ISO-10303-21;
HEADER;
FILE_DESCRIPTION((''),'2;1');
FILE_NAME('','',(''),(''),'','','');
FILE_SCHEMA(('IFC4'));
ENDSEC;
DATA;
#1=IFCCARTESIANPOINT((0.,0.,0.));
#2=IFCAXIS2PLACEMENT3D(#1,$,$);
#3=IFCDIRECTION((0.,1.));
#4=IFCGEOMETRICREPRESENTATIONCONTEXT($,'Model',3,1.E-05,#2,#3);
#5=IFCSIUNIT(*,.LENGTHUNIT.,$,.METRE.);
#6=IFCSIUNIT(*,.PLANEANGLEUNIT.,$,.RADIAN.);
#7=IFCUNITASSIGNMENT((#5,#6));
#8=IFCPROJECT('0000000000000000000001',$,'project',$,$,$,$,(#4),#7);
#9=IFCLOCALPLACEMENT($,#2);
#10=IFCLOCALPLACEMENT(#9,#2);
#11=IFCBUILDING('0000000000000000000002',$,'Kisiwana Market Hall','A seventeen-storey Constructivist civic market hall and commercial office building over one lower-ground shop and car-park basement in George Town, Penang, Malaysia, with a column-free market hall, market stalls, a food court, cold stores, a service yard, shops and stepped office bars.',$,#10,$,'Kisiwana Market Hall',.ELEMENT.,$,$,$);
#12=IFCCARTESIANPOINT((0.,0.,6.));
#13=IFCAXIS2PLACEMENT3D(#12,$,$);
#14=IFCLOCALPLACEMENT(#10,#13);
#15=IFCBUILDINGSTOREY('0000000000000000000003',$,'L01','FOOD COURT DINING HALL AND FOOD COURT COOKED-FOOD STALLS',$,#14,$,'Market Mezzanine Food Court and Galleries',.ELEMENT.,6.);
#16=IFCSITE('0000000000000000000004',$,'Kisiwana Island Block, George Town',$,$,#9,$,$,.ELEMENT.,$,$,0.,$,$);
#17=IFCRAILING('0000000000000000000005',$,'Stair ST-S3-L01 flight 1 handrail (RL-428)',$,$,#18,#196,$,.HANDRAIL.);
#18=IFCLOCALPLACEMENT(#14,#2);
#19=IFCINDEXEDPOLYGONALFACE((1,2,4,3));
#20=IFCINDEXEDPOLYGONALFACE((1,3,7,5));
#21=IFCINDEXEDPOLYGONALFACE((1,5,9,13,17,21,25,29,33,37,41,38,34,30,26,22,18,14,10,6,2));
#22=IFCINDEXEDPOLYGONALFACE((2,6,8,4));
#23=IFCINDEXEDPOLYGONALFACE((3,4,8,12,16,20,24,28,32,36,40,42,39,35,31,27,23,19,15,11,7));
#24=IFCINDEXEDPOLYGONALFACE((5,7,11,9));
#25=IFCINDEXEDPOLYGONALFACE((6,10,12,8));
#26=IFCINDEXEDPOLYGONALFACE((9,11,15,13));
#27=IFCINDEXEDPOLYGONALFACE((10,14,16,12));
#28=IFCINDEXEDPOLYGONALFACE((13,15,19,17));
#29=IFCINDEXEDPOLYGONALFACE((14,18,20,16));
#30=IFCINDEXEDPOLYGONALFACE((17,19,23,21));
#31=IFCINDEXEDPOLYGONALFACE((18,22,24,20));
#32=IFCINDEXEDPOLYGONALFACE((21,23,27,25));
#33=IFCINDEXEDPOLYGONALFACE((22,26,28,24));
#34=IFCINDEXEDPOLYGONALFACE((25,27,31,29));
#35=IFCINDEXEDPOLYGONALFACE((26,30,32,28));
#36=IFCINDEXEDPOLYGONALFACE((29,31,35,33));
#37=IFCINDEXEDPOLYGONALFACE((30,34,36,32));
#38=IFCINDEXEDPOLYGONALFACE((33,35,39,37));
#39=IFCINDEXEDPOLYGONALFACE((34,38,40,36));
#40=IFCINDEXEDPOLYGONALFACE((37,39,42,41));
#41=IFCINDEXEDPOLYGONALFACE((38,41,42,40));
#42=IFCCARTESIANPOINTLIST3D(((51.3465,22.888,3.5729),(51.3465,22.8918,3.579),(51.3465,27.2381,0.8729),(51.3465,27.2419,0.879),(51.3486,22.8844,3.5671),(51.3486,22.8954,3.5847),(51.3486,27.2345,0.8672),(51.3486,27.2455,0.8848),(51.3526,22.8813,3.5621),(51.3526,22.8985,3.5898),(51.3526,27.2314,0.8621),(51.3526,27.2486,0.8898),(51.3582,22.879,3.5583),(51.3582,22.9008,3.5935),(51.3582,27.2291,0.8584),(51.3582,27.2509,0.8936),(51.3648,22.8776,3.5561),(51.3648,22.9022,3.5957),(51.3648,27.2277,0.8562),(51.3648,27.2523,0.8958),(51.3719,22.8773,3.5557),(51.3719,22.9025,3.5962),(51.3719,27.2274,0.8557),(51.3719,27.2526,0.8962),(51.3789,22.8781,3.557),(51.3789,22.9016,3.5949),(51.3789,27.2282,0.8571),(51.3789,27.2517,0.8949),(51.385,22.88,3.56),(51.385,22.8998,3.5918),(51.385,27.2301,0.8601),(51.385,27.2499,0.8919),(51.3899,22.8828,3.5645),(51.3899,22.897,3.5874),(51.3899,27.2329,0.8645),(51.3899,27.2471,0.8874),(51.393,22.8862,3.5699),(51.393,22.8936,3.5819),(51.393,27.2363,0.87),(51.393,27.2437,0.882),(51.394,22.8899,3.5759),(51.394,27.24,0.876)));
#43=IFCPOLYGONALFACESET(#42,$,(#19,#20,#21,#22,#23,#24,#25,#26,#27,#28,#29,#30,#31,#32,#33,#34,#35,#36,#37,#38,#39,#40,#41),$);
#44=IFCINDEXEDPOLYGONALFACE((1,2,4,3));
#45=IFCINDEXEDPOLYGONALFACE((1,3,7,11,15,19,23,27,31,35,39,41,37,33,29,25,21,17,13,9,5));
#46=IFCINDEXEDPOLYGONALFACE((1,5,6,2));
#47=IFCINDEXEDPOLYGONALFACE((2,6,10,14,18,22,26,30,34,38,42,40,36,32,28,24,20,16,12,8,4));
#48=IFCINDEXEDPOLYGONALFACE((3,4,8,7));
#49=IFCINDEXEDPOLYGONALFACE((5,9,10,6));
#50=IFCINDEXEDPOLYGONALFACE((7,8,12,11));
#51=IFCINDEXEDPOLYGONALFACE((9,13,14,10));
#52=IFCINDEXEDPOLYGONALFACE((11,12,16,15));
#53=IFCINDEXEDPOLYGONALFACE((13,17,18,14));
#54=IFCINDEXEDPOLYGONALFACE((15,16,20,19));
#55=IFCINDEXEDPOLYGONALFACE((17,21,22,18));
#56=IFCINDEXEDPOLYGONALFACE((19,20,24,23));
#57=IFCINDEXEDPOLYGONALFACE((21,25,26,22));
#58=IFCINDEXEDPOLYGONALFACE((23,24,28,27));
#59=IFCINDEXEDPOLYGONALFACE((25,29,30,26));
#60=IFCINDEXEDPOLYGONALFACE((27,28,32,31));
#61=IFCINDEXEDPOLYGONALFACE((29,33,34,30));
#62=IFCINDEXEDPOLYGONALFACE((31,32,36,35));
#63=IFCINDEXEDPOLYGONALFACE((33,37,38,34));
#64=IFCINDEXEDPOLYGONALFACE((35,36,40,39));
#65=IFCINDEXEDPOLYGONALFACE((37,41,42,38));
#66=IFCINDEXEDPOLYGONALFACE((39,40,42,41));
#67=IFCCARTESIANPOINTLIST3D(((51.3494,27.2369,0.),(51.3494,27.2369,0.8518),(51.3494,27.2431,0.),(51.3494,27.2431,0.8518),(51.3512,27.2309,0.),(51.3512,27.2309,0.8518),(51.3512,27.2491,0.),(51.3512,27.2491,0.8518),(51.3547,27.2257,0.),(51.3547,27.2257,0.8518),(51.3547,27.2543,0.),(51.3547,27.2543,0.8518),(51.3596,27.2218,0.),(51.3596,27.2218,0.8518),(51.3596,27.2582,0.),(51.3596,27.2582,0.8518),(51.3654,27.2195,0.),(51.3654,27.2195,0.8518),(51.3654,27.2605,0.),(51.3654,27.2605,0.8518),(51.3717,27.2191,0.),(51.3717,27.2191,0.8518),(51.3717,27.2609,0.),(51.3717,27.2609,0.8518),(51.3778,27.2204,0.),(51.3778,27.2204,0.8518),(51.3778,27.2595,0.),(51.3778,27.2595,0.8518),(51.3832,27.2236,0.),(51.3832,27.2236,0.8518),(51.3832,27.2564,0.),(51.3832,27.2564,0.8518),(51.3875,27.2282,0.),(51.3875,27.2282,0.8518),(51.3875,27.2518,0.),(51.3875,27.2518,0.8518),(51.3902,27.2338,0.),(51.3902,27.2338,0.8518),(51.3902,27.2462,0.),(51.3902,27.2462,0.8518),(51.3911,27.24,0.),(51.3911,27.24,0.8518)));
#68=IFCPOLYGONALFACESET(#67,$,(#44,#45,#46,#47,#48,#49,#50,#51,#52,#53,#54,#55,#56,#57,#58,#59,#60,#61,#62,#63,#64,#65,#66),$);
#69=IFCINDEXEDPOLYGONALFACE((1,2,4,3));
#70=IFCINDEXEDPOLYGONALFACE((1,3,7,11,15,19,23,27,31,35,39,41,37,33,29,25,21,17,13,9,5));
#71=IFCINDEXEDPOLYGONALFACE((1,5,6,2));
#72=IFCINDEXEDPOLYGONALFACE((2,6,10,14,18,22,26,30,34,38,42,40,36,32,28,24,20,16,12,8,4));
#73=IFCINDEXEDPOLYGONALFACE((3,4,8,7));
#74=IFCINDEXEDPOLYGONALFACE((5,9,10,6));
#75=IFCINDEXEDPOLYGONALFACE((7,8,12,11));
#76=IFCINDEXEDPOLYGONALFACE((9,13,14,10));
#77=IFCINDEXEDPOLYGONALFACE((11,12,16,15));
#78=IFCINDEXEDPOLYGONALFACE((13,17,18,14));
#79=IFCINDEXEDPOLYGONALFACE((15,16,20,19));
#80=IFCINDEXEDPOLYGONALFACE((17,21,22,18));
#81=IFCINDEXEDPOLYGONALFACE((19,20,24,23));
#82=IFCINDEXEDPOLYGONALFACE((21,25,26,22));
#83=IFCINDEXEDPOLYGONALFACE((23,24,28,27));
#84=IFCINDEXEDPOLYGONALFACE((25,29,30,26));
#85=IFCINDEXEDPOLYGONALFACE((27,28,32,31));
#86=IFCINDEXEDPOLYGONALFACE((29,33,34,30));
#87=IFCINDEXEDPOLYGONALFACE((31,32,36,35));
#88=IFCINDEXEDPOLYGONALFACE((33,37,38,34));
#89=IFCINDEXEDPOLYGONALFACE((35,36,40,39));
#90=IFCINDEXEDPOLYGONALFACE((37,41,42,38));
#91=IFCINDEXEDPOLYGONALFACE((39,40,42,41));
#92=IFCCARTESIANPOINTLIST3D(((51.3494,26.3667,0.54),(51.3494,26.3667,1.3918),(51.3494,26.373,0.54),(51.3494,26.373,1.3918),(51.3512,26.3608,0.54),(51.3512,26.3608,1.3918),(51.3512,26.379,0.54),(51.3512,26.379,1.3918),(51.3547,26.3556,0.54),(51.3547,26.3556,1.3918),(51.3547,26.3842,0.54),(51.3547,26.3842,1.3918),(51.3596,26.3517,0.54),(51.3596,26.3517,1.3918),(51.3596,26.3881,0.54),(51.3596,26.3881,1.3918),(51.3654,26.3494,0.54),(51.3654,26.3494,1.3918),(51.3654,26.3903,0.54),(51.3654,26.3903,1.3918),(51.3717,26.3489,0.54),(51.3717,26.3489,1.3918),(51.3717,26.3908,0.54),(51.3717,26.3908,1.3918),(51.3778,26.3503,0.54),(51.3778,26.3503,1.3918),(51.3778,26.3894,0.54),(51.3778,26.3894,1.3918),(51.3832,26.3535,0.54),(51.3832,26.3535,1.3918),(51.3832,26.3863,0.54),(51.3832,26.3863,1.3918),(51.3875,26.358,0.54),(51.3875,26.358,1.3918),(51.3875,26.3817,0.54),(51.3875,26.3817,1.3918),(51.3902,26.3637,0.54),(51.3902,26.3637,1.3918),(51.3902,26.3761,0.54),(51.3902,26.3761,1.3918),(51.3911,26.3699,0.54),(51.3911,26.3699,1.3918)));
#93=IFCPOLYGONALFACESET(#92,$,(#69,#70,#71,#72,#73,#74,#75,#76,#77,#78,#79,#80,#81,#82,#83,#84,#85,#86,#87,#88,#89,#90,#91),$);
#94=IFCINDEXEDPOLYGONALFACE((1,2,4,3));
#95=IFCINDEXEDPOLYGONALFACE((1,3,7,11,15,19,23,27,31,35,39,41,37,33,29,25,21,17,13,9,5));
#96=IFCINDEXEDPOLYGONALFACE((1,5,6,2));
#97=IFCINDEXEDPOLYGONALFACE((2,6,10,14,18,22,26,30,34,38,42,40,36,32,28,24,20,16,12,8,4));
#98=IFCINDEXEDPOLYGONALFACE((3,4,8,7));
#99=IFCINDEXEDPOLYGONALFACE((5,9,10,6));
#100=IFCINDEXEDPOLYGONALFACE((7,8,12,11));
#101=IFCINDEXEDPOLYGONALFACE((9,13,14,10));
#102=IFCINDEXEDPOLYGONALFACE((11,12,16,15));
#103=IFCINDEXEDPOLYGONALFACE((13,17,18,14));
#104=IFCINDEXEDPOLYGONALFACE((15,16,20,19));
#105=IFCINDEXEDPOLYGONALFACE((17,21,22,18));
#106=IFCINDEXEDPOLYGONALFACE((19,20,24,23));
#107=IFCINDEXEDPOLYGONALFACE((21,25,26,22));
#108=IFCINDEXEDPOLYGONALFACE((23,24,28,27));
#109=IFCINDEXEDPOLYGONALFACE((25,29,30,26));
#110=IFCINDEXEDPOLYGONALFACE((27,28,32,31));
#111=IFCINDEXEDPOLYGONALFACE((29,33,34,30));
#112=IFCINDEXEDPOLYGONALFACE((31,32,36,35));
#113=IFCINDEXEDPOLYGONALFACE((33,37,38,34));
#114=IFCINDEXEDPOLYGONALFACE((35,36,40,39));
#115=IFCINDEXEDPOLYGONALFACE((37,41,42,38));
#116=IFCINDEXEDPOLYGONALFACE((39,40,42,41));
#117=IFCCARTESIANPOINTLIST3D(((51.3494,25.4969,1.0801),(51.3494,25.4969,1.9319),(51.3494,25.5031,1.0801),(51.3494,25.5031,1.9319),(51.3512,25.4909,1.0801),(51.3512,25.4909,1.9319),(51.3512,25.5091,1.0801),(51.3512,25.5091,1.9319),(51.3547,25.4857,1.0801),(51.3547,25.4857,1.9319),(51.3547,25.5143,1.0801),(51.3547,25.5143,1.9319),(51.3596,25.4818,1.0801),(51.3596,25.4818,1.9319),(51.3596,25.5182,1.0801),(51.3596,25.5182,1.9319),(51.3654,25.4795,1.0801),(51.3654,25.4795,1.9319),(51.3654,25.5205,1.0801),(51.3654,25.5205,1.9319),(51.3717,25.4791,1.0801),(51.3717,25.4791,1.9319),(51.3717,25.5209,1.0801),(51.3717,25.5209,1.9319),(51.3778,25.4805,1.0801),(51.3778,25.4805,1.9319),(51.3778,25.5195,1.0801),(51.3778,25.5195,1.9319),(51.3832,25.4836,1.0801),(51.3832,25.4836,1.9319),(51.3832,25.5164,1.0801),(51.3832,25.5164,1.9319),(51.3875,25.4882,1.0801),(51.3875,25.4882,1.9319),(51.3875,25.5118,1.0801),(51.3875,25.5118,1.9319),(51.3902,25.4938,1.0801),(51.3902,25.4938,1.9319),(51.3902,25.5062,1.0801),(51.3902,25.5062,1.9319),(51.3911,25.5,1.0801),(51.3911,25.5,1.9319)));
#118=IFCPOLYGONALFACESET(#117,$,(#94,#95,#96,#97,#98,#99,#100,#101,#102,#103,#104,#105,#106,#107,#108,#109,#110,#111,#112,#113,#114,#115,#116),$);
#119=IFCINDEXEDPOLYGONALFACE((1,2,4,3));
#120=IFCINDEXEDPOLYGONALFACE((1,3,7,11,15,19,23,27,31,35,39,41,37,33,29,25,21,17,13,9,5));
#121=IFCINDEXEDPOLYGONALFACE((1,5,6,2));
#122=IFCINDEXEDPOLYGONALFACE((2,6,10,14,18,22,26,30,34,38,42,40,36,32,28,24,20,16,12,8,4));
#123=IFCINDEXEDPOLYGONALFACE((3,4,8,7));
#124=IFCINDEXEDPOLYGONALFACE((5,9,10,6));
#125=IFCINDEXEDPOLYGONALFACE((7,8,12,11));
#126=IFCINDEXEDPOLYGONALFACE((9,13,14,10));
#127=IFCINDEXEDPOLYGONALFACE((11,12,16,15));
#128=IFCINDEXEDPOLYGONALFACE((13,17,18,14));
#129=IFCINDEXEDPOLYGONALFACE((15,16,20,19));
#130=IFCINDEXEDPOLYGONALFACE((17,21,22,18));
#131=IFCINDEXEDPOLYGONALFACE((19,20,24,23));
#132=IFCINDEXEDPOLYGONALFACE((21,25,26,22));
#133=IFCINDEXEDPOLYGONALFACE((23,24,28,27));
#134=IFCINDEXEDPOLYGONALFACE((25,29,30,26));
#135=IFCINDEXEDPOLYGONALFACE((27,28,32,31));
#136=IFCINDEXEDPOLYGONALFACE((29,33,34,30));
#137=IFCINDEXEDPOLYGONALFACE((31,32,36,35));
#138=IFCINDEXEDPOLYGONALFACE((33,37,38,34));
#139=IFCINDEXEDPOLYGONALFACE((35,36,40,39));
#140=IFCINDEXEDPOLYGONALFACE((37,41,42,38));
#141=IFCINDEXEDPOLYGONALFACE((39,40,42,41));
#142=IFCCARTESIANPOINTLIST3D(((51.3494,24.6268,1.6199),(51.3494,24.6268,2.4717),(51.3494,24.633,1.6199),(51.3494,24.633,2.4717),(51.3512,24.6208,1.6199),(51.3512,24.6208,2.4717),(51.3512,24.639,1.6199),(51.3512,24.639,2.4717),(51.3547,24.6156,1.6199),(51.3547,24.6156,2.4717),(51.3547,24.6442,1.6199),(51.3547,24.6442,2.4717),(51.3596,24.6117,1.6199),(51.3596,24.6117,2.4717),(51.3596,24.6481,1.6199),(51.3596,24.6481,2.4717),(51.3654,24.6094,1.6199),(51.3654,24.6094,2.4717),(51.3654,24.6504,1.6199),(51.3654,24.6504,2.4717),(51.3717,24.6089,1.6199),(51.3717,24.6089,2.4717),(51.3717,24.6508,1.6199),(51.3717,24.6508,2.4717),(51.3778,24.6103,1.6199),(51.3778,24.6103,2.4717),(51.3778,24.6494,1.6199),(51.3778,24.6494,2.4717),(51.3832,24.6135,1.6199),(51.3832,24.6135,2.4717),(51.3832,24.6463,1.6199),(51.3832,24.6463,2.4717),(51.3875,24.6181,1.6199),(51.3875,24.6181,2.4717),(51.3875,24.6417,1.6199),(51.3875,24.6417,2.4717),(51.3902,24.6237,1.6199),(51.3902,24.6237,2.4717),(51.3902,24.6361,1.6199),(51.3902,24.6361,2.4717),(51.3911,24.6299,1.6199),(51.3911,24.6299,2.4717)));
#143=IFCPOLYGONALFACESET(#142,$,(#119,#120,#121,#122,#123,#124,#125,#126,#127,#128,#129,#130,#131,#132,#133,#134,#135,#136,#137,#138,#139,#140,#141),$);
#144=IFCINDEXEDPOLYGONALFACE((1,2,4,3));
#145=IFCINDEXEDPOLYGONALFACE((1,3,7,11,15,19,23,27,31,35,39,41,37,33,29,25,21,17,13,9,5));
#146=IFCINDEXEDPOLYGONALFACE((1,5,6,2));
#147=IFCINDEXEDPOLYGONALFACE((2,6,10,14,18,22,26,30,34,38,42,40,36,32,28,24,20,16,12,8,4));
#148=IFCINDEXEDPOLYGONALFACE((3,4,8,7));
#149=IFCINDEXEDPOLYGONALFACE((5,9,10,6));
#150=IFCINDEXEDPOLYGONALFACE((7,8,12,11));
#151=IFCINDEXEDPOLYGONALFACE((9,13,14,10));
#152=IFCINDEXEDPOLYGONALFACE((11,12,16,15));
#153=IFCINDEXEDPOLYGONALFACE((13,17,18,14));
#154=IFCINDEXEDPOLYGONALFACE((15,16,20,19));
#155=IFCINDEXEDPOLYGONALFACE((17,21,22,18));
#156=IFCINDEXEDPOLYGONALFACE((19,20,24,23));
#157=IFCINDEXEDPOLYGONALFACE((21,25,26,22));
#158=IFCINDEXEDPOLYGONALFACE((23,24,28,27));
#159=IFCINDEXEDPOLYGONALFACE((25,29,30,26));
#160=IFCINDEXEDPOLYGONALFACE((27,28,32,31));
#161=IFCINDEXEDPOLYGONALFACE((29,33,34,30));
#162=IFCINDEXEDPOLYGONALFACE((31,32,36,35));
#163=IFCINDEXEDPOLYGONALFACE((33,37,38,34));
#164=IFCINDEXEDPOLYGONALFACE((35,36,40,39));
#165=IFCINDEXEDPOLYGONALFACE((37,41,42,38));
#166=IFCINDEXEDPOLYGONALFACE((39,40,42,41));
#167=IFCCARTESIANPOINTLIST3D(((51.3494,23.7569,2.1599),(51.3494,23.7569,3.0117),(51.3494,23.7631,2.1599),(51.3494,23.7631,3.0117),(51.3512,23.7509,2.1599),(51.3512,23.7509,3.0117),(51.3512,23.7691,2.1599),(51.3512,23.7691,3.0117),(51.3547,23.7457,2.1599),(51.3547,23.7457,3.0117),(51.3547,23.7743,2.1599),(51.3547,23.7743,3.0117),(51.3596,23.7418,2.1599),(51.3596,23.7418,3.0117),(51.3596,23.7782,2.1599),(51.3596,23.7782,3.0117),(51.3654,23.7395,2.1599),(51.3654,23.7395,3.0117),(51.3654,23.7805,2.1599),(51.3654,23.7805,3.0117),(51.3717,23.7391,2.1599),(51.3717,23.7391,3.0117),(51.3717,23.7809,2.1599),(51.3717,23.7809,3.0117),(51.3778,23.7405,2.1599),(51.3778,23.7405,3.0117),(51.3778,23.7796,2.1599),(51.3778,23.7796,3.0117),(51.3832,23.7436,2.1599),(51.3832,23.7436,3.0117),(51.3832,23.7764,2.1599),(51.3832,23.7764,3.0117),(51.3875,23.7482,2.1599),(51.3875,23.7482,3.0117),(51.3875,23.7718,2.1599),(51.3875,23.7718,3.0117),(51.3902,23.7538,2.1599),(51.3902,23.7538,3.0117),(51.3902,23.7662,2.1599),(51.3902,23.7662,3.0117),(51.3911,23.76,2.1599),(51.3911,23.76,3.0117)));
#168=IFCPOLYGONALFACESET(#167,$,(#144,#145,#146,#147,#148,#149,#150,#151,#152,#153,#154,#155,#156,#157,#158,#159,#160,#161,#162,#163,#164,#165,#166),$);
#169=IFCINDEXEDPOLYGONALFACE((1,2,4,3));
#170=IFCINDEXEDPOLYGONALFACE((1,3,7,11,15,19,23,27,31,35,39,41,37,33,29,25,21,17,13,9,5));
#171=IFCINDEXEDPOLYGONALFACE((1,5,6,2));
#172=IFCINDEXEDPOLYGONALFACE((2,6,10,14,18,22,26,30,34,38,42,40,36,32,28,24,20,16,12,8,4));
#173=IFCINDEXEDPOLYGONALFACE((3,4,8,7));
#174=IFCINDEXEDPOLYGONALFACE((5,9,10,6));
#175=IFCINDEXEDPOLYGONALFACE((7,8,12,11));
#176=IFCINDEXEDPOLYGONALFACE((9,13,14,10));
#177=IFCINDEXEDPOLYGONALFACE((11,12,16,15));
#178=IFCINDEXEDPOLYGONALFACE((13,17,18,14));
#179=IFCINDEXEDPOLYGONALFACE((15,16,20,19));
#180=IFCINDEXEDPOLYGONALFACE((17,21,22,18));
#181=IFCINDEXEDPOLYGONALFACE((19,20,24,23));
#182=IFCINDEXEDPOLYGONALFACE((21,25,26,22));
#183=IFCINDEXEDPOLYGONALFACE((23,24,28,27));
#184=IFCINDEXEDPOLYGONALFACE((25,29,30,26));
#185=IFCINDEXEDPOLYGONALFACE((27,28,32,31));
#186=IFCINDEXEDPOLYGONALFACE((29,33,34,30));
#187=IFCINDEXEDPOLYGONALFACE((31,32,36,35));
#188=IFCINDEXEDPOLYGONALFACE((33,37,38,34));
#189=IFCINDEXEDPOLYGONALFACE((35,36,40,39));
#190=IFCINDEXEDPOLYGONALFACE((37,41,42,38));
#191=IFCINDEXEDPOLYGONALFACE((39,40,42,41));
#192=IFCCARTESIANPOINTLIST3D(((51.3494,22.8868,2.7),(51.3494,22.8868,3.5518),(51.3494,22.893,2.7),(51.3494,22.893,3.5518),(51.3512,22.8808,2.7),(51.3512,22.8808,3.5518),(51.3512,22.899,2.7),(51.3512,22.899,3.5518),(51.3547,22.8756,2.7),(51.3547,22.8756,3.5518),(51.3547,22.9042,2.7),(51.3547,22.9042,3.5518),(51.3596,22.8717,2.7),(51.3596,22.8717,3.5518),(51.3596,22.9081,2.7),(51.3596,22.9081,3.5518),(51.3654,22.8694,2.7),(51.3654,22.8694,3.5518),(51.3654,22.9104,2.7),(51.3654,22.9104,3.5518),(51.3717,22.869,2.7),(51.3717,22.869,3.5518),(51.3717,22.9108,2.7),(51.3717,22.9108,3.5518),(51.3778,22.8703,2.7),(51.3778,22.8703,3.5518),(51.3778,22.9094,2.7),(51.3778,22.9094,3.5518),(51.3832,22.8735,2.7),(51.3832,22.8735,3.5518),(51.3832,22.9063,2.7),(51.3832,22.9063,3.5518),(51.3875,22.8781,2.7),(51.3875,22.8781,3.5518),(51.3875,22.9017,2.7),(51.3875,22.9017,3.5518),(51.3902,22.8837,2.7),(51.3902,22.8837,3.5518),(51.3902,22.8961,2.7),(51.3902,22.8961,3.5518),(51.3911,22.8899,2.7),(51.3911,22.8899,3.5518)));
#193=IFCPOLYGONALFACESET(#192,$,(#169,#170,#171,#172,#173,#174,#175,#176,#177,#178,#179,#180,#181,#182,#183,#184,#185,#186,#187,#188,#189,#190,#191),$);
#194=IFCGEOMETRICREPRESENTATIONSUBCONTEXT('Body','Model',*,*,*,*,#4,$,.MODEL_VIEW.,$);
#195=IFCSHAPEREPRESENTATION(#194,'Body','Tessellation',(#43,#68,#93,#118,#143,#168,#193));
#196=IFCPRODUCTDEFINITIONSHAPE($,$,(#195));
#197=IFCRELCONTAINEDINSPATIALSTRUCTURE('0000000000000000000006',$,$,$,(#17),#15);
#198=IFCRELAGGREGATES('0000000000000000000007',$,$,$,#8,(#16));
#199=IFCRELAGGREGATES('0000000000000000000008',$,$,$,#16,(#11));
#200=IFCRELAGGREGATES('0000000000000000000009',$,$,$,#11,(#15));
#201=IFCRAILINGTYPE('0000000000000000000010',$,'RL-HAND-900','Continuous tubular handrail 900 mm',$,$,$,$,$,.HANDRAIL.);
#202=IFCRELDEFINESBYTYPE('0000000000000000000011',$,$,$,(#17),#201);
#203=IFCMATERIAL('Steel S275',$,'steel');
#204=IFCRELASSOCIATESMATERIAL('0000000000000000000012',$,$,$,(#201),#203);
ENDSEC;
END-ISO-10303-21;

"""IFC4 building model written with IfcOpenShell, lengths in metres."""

from ifc_helpers import new_model, si_unit, direction, frame, origin, origin_2d, place, context, subcontext, project, spatial, circle, extrude, material, type_object, element, save


model = new_model("IFC4")

# Units and contexts
model_context = context("Model", 3, precision=1e-05, world=origin(), true_north=direction((0.0, 1.0)))
body_context = subcontext(model_context, "Body", "Model", "MODEL_VIEW")
ifc_project = project(units=[si_unit("LENGTHUNIT", "METRE"), si_unit("PLANEANGLEUNIT", "RADIAN")], contexts=[model_context])

# Site, building, storey
site_placement = place(None, origin())
site = spatial("IfcSite", under=ifc_project, at=site_placement, Name="Kisiwana Island Block, George Town", CompositionType="ELEMENT", RefElevation=0.0)
building_placement = place(site_placement, origin())
building = spatial("IfcBuilding", under=site, at=building_placement, Name="Kisiwana Market Hall", Description="A seventeen-storey Constructivist civic market hall and commercial office building over one lower-ground shop and car-park basement in George Town, Penang, Malaysia, with a column-free market hall, market stalls, a food court, cold stores, a service yard, shops and stepped office bars.", LongName="Kisiwana Market Hall", CompositionType="ELEMENT")
storey_placement = place(building_placement, frame((0.0, 0.0, 6.0)))
storey = spatial("IfcBuildingStorey", under=building, at=storey_placement, Name="L01", Description="FOOD COURT DINING HALL AND FOOD COURT COOKED-FOOD STALLS", LongName="Market Mezzanine Food Court and Galleries", CompositionType="ELEMENT", Elevation=6.0)

# Railing
ifc_material_1 = material(Name="Steel S275", Category="steel")
railing_type_1 = type_object("IfcRailingType", Name="RL-HAND-900", Description="Continuous tubular handrail 900 mm", PredefinedType="HANDRAIL", material=ifc_material_1)
railing_1_placement = place(storey_placement, frame((51.3701, 27.24, 0.0)))
element("IfcRailing", 1, at=railing_1_placement, inside=storey, type_object=railing_type_1, Name="Stair ST-S3-L01 flight 1 handrail (RL-428)", PredefinedType="HANDRAIL", context=body_context, shape_type="SweptSolid", body=[
    extrude(circle(Radius=0.0239, at=origin_2d()), frame((0.0, 0.0, 0.876), z_axis=(0.0, -0.84965, 0.527347), x_axis=(1.0, 0.0, 0.0)), (0.0, 0.0, 1.0), 5.1199),
    extrude(circle(Radius=0.021, at=origin_2d()), origin(), (0.0, 0.0, 1.0), 0.8518),
    extrude(circle(Radius=0.021, at=origin_2d()), frame((0.0, -0.8701, 0.54)), (0.0, 0.0, 1.0), 0.8518),
    extrude(circle(Radius=0.021, at=origin_2d()), frame((0.0, -1.74, 1.0801)), (0.0, 0.0, 1.0), 0.8518),
    extrude(circle(Radius=0.021, at=origin_2d()), frame((0.0, -2.6101, 1.6199)), (0.0, 0.0, 1.0), 0.8518),
    extrude(circle(Radius=0.021, at=origin_2d()), frame((0.0, -3.48, 2.1599)), (0.0, 0.0, 1.0), 0.8518),
    extrude(circle(Radius=0.021, at=origin_2d()), frame((0.0, -4.3501, 2.7)), (0.0, 0.0, 1.0), 0.8518),
])

save(model, "model.ifc")
